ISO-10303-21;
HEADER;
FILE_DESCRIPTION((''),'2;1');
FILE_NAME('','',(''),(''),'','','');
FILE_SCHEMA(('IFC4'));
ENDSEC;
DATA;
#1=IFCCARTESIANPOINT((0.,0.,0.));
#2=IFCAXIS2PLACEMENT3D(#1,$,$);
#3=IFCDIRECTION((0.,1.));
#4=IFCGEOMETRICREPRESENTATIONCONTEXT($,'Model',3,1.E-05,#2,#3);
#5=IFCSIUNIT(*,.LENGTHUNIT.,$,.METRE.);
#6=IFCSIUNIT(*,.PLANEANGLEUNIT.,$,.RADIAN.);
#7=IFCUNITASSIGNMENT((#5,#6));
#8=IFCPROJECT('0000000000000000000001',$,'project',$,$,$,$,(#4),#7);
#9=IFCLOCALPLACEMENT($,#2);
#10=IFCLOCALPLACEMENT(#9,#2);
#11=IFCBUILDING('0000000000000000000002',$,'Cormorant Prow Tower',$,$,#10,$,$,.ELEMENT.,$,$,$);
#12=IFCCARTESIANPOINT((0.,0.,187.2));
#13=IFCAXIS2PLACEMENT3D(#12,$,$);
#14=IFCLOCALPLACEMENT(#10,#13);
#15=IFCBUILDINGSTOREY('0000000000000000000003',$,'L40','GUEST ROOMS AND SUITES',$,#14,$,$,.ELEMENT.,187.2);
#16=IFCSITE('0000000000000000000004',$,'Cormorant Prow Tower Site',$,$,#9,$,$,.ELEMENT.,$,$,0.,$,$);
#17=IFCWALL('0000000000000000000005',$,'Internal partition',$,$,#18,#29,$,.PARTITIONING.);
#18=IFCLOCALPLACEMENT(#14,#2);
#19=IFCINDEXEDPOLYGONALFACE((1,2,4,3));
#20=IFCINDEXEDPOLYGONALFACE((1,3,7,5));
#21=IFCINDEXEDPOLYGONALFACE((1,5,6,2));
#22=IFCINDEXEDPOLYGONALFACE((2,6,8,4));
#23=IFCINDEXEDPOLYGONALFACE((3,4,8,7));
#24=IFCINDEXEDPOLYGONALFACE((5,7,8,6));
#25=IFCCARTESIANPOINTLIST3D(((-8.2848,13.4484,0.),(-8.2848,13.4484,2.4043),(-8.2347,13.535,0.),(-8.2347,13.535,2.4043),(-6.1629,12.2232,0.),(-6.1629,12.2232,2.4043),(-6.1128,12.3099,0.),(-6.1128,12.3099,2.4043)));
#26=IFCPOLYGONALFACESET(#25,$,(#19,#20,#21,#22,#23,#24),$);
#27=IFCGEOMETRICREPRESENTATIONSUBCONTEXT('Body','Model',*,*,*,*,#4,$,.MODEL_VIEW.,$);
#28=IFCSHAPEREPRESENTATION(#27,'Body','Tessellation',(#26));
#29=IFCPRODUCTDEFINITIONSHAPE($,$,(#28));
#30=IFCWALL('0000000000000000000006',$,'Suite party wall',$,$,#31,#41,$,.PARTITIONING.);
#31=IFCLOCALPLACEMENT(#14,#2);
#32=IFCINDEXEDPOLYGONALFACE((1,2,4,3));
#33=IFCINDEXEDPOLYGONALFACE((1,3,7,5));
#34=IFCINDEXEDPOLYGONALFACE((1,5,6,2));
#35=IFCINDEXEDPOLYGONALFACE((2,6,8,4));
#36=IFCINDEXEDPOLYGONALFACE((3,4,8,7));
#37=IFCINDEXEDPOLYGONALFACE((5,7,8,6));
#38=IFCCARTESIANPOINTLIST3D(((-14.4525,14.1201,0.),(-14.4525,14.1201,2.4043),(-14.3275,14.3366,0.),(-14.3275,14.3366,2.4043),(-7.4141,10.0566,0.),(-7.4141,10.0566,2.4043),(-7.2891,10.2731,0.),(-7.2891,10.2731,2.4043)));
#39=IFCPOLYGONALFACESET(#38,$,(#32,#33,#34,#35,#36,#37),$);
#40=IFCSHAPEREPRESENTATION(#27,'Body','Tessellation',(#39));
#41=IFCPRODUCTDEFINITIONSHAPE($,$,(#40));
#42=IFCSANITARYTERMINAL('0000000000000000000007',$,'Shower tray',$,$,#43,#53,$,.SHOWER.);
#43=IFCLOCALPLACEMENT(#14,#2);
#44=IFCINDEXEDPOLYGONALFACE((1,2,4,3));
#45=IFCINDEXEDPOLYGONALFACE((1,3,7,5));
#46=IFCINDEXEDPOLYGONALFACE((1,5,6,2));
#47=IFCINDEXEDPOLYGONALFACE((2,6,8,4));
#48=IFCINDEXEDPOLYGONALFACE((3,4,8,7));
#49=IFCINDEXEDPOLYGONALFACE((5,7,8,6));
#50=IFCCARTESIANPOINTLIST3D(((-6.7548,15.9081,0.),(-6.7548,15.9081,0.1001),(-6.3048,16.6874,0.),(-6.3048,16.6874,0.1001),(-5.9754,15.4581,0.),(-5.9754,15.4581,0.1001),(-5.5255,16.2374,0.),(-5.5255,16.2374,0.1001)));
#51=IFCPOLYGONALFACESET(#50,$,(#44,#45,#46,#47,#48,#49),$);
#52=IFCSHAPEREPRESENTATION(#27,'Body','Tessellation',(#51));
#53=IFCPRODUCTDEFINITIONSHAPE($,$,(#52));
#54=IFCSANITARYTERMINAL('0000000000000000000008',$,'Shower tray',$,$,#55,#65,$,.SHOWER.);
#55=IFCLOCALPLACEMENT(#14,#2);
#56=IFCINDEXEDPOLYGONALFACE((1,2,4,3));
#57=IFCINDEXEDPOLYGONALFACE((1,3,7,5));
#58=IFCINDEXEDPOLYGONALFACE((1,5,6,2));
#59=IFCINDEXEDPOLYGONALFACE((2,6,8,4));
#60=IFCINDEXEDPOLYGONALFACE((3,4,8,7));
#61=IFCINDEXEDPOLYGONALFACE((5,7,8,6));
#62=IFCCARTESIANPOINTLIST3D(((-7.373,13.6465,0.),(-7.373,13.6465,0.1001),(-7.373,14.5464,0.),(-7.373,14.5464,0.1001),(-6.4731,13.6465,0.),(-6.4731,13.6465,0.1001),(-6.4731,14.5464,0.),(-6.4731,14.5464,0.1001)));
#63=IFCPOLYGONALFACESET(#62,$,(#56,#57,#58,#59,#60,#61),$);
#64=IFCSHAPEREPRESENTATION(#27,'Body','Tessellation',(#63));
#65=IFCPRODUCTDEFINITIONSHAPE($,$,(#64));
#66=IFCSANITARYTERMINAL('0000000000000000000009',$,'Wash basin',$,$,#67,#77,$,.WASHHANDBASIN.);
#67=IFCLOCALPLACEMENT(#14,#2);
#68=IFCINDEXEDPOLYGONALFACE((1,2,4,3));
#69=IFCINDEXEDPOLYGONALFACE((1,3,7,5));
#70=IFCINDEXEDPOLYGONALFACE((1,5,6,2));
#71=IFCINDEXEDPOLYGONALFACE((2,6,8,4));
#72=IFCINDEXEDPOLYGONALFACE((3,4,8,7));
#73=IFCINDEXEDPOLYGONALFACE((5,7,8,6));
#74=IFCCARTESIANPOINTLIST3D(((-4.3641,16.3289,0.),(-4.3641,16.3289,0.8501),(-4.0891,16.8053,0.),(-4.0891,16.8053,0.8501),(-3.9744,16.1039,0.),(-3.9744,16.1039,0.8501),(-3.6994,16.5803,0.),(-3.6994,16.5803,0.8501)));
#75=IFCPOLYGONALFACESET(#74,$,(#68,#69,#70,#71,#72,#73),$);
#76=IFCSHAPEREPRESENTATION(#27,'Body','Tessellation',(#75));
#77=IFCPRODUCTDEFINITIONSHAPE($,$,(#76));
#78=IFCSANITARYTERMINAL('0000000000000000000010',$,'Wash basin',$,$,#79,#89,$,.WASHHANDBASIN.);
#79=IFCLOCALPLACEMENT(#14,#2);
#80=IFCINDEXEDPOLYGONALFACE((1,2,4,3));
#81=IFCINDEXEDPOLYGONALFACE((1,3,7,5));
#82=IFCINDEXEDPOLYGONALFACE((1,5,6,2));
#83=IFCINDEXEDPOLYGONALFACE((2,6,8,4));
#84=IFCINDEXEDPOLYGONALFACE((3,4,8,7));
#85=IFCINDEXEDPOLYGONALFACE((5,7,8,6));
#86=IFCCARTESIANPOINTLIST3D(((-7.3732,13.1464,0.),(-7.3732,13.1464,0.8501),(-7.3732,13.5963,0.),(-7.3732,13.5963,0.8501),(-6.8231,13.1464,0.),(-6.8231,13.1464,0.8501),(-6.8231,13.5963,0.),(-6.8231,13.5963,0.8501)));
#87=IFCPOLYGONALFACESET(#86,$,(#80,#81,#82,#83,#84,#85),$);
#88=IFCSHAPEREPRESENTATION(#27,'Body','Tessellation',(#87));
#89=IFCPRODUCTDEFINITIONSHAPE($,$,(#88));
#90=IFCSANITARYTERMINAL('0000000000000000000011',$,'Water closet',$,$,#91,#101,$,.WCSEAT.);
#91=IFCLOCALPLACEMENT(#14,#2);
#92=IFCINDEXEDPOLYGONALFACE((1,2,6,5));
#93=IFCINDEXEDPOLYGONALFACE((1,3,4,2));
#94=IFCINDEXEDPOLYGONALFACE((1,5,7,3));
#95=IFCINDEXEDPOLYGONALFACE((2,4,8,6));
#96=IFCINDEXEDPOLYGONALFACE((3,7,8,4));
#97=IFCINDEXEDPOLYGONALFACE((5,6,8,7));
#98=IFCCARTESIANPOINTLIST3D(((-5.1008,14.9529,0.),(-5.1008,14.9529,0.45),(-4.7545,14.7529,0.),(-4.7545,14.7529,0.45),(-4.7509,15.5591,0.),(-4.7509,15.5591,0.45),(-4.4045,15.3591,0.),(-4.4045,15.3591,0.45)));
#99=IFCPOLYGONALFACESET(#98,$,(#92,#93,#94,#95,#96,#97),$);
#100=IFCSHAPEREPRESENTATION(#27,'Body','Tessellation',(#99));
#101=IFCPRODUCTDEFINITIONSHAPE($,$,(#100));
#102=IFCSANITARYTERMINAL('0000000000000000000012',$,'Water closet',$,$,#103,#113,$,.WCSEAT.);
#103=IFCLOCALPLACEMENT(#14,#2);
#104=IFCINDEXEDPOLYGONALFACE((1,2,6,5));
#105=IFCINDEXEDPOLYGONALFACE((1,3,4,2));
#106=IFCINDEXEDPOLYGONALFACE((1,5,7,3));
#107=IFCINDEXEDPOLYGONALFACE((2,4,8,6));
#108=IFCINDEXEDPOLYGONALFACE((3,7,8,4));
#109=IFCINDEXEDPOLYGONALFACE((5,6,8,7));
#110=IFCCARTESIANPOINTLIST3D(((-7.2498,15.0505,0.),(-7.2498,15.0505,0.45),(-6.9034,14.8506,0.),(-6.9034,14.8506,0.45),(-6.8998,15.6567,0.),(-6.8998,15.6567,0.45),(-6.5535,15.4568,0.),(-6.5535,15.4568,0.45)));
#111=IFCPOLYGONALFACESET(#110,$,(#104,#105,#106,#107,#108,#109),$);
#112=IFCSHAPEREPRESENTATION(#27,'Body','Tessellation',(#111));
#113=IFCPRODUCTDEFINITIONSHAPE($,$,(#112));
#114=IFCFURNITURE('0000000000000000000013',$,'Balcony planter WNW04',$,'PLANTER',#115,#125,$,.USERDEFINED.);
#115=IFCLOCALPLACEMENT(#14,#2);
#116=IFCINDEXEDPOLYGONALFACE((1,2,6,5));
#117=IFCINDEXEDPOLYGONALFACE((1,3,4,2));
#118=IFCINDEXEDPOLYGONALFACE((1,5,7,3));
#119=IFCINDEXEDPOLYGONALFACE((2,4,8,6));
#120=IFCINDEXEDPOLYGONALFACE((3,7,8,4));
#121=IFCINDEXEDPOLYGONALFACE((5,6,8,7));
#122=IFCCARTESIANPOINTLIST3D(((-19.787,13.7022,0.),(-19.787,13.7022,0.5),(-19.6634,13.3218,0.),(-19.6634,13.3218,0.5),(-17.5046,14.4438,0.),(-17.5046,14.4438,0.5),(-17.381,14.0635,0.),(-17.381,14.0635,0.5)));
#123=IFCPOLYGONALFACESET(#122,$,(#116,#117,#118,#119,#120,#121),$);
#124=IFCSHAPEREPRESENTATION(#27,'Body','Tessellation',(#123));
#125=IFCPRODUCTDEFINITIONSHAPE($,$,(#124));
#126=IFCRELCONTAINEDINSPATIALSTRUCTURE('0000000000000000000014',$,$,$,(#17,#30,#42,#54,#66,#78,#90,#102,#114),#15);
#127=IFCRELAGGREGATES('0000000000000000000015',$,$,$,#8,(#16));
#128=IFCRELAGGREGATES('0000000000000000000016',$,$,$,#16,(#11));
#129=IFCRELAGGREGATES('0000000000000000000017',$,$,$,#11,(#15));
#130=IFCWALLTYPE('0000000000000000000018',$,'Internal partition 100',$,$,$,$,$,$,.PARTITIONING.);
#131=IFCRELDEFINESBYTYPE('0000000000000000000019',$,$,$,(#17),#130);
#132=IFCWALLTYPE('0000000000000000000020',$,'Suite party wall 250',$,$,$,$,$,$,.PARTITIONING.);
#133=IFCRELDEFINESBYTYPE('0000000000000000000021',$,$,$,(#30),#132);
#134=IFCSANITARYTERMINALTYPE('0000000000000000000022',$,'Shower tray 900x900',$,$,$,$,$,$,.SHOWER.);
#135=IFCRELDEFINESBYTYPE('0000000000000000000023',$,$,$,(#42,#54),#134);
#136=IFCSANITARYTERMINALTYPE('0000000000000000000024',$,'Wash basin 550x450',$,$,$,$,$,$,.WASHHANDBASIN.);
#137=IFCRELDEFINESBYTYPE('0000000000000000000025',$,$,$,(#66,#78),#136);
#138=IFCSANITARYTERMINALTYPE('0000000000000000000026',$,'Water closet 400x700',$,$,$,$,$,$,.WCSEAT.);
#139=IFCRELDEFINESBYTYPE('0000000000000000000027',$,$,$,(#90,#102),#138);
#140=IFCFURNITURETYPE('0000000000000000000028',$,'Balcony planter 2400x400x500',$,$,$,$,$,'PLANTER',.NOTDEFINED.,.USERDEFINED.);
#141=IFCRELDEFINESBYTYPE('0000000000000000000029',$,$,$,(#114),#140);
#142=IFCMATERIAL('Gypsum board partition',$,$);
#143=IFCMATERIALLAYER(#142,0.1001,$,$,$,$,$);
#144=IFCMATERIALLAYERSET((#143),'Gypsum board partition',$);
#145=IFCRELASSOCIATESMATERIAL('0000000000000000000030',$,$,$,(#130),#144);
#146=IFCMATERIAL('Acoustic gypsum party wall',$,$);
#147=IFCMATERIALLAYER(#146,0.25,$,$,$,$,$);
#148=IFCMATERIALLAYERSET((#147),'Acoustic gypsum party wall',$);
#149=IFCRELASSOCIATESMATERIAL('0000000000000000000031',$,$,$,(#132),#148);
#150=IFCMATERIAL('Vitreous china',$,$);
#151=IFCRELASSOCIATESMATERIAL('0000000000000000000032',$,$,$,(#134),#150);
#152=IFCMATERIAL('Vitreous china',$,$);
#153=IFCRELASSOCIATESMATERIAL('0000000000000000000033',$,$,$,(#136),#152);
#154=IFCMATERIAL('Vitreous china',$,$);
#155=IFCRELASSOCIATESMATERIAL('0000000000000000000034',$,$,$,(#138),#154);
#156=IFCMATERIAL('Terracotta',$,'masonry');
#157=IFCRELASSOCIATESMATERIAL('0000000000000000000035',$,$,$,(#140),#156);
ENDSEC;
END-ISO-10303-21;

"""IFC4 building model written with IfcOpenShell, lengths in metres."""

from ifc_helpers import new_model, si_unit, direction, frame, frame_2d, origin, origin_2d, place, context, subcontext, project, spatial, rectangle, extrude, material, layer, layer_set, type_object, element, save


model = new_model("IFC4")

# Units and contexts
model_context = context("Model", 3, precision=1e-05, world=origin(), true_north=direction((0.0, 1.0)))
body_context = subcontext(model_context, "Body", "Model", "MODEL_VIEW")
ifc_project = project(units=[si_unit("LENGTHUNIT", "METRE"), si_unit("PLANEANGLEUNIT", "RADIAN")], contexts=[model_context])

# Site, building, storey
site_placement = place(None, origin())
site = spatial("IfcSite", under=ifc_project, at=site_placement, Name="Cormorant Prow Tower Site", CompositionType="ELEMENT", RefElevation=0.0)
building_placement = place(site_placement, origin())
building = spatial("IfcBuilding", under=site, at=building_placement, Name="Cormorant Prow Tower", CompositionType="ELEMENT")
storey_placement = place(building_placement, frame((0.0, 0.0, 187.2)))
storey = spatial("IfcBuildingStorey", under=building, at=storey_placement, Name="L40", Description="GUEST ROOMS AND SUITES", CompositionType="ELEMENT", Elevation=187.2)

# Shared definitions
ifc_material_1 = material(Name="Gypsum board partition")
ifc_layer_1 = layer(ifc_material_1, 0.1001)
ifc_layer_set_1 = layer_set([ifc_layer_1], Name="Gypsum board partition")
wall_type_1 = type_object("IfcWallType", Name="Internal partition 100", PredefinedType="PARTITIONING", material=ifc_layer_set_1)

# Walls
wall_1_placement = place(storey_placement, frame((-8.2598, 13.4917, 0.0), z_axis=(0.0, 0.0, 1.0), x_axis=(0.866015, -0.500019, 0.0)))
element("IfcWall", 1, at=wall_1_placement, inside=storey, type_object=wall_type_1, Name="Internal partition", PredefinedType="PARTITIONING", context=body_context, shape_type="SweptSolid", body=[
    extrude(rectangle(XDim=2.4502, YDim=0.1001, at=frame_2d((1.2251, 0.0))), origin(), (0.0, 0.0, 1.0), 2.4043),
])
ifc_material_2 = material(Name="Acoustic gypsum party wall")
ifc_layer_2 = layer(ifc_material_2, 0.25)
ifc_layer_set_2 = layer_set([ifc_layer_2], Name="Acoustic gypsum party wall")
wall_type_2 = type_object("IfcWallType", Name="Suite party wall 250", PredefinedType="PARTITIONING", material=ifc_layer_set_2)
wall_2_placement = place(storey_placement, frame((-14.3899, 14.2283, 0.0), z_axis=(0.0, 0.0, 1.0), x_axis=(0.866031, -0.49999, 0.0)))
element("IfcWall", 2, at=wall_2_placement, inside=storey, type_object=wall_type_2, Name="Suite party wall", PredefinedType="PARTITIONING", context=body_context, shape_type="SweptSolid", body=[
    extrude(rectangle(XDim=8.1272, YDim=0.25, at=frame_2d((4.0635, 0.0))), origin(), (0.0, 0.0, 1.0), 2.4043),
])

# Sanitary terminals
ifc_material_3 = material(Name="Vitreous china")
sanitary_terminal_type_1 = type_object("IfcSanitaryTerminalType", Name="Shower tray 900x900", PredefinedType="SHOWER", material=ifc_material_3)
for number, where, z_axis, x_axis, name in (
    (3, (-6.1401, 16.0728, 0.0), (0.0, 0.0, 1.0), (0.5, 0.866025, 0.0), "Shower tray"),
    (4, (-6.9231, 14.0964, 0.0), (0.0, 0.0, 1.0), (1.0, 0.0, 0.0), "Shower tray"),
):
    element("IfcSanitaryTerminal", number, at=place(storey_placement, frame(where, z_axis=z_axis, x_axis=x_axis)), inside=storey, type_object=sanitary_terminal_type_1, Name=name, PredefinedType="SHOWER", context=body_context, shape_type="SweptSolid", body=[
        extrude(rectangle(XDim=0.8999, YDim=0.8999, at=origin_2d()), origin(), (0.0, 0.0, 1.0), 0.1001),
    ])
ifc_material_4 = material(Name="Vitreous china")
sanitary_terminal_type_2 = type_object("IfcSanitaryTerminalType", Name="Wash basin 550x450", PredefinedType="WASHHANDBASIN", material=ifc_material_4)
for number, where, z_axis, x_axis, name in (
    (5, (-4.0317, 16.4546, 0.0), (0.0, 0.0, 1.0), (-0.5, -0.866025, 0.0), "Wash basin"),
    (6, (-7.0981, 13.3713, 0.0), (0.0, 0.0, 1.0), (1.0, 0.0, 0.0), "Wash basin"),
):
    element("IfcSanitaryTerminal", number, at=place(storey_placement, frame(where, z_axis=z_axis, x_axis=x_axis)), inside=storey, type_object=sanitary_terminal_type_2, Name=name, PredefinedType="WASHHANDBASIN", context=body_context, shape_type="SweptSolid", body=[
        extrude(rectangle(XDim=0.55, YDim=0.45, at=origin_2d()), origin(), (0.0, 0.0, 1.0), 0.8501),
    ])
ifc_material_5 = material(Name="Vitreous china")
sanitary_terminal_type_3 = type_object("IfcSanitaryTerminalType", Name="Water closet 400x700", PredefinedType="WCSEAT", material=ifc_material_5)
for number, where, z_axis, x_axis, name in (
    (7, (-4.7527, 15.156, 0.0), (0.0, 0.0, 1.0), (-0.866025, 0.5, 0.0), "Water closet"),
    (8, (-6.9016, 15.2537, 0.0), (0.0, 0.0, 1.0), (0.866025, -0.5, 0.0), "Water closet"),
):
    element("IfcSanitaryTerminal", number, at=place(storey_placement, frame(where, z_axis=z_axis, x_axis=x_axis)), inside=storey, type_object=sanitary_terminal_type_3, Name=name, PredefinedType="WCSEAT", context=body_context, shape_type="SweptSolid", body=[
        extrude(rectangle(XDim=0.3999, YDim=0.7, at=origin_2d()), origin(), (0.0, 0.0, 1.0), 0.45),
    ])

# Furniture
ifc_material_6 = material(Name="Terracotta", Category="masonry")
furniture_type = type_object("IfcFurnitureType", Name="Balcony planter 2400x400x500", ElementType="PLANTER", AssemblyPlace="NOTDEFINED", PredefinedType="USERDEFINED", material=ifc_material_6)
furniture_placement = place(storey_placement, frame((-18.584, 13.8828, 0.0), z_axis=(0.0, 0.0, 1.0), x_axis=(-0.951056, -0.309017, 0.0)))
element("IfcFurniture", 9, at=furniture_placement, inside=storey, type_object=furniture_type, Name="Balcony planter WNW04", ObjectType="PLANTER", PredefinedType="USERDEFINED", context=body_context, shape_type="SweptSolid", body=[
    extrude(rectangle(XDim=2.3999, YDim=0.3999, at=origin_2d()), origin(), (0.0, 0.0, 1.0), 0.5),
])

save(model, "model.ifc")
